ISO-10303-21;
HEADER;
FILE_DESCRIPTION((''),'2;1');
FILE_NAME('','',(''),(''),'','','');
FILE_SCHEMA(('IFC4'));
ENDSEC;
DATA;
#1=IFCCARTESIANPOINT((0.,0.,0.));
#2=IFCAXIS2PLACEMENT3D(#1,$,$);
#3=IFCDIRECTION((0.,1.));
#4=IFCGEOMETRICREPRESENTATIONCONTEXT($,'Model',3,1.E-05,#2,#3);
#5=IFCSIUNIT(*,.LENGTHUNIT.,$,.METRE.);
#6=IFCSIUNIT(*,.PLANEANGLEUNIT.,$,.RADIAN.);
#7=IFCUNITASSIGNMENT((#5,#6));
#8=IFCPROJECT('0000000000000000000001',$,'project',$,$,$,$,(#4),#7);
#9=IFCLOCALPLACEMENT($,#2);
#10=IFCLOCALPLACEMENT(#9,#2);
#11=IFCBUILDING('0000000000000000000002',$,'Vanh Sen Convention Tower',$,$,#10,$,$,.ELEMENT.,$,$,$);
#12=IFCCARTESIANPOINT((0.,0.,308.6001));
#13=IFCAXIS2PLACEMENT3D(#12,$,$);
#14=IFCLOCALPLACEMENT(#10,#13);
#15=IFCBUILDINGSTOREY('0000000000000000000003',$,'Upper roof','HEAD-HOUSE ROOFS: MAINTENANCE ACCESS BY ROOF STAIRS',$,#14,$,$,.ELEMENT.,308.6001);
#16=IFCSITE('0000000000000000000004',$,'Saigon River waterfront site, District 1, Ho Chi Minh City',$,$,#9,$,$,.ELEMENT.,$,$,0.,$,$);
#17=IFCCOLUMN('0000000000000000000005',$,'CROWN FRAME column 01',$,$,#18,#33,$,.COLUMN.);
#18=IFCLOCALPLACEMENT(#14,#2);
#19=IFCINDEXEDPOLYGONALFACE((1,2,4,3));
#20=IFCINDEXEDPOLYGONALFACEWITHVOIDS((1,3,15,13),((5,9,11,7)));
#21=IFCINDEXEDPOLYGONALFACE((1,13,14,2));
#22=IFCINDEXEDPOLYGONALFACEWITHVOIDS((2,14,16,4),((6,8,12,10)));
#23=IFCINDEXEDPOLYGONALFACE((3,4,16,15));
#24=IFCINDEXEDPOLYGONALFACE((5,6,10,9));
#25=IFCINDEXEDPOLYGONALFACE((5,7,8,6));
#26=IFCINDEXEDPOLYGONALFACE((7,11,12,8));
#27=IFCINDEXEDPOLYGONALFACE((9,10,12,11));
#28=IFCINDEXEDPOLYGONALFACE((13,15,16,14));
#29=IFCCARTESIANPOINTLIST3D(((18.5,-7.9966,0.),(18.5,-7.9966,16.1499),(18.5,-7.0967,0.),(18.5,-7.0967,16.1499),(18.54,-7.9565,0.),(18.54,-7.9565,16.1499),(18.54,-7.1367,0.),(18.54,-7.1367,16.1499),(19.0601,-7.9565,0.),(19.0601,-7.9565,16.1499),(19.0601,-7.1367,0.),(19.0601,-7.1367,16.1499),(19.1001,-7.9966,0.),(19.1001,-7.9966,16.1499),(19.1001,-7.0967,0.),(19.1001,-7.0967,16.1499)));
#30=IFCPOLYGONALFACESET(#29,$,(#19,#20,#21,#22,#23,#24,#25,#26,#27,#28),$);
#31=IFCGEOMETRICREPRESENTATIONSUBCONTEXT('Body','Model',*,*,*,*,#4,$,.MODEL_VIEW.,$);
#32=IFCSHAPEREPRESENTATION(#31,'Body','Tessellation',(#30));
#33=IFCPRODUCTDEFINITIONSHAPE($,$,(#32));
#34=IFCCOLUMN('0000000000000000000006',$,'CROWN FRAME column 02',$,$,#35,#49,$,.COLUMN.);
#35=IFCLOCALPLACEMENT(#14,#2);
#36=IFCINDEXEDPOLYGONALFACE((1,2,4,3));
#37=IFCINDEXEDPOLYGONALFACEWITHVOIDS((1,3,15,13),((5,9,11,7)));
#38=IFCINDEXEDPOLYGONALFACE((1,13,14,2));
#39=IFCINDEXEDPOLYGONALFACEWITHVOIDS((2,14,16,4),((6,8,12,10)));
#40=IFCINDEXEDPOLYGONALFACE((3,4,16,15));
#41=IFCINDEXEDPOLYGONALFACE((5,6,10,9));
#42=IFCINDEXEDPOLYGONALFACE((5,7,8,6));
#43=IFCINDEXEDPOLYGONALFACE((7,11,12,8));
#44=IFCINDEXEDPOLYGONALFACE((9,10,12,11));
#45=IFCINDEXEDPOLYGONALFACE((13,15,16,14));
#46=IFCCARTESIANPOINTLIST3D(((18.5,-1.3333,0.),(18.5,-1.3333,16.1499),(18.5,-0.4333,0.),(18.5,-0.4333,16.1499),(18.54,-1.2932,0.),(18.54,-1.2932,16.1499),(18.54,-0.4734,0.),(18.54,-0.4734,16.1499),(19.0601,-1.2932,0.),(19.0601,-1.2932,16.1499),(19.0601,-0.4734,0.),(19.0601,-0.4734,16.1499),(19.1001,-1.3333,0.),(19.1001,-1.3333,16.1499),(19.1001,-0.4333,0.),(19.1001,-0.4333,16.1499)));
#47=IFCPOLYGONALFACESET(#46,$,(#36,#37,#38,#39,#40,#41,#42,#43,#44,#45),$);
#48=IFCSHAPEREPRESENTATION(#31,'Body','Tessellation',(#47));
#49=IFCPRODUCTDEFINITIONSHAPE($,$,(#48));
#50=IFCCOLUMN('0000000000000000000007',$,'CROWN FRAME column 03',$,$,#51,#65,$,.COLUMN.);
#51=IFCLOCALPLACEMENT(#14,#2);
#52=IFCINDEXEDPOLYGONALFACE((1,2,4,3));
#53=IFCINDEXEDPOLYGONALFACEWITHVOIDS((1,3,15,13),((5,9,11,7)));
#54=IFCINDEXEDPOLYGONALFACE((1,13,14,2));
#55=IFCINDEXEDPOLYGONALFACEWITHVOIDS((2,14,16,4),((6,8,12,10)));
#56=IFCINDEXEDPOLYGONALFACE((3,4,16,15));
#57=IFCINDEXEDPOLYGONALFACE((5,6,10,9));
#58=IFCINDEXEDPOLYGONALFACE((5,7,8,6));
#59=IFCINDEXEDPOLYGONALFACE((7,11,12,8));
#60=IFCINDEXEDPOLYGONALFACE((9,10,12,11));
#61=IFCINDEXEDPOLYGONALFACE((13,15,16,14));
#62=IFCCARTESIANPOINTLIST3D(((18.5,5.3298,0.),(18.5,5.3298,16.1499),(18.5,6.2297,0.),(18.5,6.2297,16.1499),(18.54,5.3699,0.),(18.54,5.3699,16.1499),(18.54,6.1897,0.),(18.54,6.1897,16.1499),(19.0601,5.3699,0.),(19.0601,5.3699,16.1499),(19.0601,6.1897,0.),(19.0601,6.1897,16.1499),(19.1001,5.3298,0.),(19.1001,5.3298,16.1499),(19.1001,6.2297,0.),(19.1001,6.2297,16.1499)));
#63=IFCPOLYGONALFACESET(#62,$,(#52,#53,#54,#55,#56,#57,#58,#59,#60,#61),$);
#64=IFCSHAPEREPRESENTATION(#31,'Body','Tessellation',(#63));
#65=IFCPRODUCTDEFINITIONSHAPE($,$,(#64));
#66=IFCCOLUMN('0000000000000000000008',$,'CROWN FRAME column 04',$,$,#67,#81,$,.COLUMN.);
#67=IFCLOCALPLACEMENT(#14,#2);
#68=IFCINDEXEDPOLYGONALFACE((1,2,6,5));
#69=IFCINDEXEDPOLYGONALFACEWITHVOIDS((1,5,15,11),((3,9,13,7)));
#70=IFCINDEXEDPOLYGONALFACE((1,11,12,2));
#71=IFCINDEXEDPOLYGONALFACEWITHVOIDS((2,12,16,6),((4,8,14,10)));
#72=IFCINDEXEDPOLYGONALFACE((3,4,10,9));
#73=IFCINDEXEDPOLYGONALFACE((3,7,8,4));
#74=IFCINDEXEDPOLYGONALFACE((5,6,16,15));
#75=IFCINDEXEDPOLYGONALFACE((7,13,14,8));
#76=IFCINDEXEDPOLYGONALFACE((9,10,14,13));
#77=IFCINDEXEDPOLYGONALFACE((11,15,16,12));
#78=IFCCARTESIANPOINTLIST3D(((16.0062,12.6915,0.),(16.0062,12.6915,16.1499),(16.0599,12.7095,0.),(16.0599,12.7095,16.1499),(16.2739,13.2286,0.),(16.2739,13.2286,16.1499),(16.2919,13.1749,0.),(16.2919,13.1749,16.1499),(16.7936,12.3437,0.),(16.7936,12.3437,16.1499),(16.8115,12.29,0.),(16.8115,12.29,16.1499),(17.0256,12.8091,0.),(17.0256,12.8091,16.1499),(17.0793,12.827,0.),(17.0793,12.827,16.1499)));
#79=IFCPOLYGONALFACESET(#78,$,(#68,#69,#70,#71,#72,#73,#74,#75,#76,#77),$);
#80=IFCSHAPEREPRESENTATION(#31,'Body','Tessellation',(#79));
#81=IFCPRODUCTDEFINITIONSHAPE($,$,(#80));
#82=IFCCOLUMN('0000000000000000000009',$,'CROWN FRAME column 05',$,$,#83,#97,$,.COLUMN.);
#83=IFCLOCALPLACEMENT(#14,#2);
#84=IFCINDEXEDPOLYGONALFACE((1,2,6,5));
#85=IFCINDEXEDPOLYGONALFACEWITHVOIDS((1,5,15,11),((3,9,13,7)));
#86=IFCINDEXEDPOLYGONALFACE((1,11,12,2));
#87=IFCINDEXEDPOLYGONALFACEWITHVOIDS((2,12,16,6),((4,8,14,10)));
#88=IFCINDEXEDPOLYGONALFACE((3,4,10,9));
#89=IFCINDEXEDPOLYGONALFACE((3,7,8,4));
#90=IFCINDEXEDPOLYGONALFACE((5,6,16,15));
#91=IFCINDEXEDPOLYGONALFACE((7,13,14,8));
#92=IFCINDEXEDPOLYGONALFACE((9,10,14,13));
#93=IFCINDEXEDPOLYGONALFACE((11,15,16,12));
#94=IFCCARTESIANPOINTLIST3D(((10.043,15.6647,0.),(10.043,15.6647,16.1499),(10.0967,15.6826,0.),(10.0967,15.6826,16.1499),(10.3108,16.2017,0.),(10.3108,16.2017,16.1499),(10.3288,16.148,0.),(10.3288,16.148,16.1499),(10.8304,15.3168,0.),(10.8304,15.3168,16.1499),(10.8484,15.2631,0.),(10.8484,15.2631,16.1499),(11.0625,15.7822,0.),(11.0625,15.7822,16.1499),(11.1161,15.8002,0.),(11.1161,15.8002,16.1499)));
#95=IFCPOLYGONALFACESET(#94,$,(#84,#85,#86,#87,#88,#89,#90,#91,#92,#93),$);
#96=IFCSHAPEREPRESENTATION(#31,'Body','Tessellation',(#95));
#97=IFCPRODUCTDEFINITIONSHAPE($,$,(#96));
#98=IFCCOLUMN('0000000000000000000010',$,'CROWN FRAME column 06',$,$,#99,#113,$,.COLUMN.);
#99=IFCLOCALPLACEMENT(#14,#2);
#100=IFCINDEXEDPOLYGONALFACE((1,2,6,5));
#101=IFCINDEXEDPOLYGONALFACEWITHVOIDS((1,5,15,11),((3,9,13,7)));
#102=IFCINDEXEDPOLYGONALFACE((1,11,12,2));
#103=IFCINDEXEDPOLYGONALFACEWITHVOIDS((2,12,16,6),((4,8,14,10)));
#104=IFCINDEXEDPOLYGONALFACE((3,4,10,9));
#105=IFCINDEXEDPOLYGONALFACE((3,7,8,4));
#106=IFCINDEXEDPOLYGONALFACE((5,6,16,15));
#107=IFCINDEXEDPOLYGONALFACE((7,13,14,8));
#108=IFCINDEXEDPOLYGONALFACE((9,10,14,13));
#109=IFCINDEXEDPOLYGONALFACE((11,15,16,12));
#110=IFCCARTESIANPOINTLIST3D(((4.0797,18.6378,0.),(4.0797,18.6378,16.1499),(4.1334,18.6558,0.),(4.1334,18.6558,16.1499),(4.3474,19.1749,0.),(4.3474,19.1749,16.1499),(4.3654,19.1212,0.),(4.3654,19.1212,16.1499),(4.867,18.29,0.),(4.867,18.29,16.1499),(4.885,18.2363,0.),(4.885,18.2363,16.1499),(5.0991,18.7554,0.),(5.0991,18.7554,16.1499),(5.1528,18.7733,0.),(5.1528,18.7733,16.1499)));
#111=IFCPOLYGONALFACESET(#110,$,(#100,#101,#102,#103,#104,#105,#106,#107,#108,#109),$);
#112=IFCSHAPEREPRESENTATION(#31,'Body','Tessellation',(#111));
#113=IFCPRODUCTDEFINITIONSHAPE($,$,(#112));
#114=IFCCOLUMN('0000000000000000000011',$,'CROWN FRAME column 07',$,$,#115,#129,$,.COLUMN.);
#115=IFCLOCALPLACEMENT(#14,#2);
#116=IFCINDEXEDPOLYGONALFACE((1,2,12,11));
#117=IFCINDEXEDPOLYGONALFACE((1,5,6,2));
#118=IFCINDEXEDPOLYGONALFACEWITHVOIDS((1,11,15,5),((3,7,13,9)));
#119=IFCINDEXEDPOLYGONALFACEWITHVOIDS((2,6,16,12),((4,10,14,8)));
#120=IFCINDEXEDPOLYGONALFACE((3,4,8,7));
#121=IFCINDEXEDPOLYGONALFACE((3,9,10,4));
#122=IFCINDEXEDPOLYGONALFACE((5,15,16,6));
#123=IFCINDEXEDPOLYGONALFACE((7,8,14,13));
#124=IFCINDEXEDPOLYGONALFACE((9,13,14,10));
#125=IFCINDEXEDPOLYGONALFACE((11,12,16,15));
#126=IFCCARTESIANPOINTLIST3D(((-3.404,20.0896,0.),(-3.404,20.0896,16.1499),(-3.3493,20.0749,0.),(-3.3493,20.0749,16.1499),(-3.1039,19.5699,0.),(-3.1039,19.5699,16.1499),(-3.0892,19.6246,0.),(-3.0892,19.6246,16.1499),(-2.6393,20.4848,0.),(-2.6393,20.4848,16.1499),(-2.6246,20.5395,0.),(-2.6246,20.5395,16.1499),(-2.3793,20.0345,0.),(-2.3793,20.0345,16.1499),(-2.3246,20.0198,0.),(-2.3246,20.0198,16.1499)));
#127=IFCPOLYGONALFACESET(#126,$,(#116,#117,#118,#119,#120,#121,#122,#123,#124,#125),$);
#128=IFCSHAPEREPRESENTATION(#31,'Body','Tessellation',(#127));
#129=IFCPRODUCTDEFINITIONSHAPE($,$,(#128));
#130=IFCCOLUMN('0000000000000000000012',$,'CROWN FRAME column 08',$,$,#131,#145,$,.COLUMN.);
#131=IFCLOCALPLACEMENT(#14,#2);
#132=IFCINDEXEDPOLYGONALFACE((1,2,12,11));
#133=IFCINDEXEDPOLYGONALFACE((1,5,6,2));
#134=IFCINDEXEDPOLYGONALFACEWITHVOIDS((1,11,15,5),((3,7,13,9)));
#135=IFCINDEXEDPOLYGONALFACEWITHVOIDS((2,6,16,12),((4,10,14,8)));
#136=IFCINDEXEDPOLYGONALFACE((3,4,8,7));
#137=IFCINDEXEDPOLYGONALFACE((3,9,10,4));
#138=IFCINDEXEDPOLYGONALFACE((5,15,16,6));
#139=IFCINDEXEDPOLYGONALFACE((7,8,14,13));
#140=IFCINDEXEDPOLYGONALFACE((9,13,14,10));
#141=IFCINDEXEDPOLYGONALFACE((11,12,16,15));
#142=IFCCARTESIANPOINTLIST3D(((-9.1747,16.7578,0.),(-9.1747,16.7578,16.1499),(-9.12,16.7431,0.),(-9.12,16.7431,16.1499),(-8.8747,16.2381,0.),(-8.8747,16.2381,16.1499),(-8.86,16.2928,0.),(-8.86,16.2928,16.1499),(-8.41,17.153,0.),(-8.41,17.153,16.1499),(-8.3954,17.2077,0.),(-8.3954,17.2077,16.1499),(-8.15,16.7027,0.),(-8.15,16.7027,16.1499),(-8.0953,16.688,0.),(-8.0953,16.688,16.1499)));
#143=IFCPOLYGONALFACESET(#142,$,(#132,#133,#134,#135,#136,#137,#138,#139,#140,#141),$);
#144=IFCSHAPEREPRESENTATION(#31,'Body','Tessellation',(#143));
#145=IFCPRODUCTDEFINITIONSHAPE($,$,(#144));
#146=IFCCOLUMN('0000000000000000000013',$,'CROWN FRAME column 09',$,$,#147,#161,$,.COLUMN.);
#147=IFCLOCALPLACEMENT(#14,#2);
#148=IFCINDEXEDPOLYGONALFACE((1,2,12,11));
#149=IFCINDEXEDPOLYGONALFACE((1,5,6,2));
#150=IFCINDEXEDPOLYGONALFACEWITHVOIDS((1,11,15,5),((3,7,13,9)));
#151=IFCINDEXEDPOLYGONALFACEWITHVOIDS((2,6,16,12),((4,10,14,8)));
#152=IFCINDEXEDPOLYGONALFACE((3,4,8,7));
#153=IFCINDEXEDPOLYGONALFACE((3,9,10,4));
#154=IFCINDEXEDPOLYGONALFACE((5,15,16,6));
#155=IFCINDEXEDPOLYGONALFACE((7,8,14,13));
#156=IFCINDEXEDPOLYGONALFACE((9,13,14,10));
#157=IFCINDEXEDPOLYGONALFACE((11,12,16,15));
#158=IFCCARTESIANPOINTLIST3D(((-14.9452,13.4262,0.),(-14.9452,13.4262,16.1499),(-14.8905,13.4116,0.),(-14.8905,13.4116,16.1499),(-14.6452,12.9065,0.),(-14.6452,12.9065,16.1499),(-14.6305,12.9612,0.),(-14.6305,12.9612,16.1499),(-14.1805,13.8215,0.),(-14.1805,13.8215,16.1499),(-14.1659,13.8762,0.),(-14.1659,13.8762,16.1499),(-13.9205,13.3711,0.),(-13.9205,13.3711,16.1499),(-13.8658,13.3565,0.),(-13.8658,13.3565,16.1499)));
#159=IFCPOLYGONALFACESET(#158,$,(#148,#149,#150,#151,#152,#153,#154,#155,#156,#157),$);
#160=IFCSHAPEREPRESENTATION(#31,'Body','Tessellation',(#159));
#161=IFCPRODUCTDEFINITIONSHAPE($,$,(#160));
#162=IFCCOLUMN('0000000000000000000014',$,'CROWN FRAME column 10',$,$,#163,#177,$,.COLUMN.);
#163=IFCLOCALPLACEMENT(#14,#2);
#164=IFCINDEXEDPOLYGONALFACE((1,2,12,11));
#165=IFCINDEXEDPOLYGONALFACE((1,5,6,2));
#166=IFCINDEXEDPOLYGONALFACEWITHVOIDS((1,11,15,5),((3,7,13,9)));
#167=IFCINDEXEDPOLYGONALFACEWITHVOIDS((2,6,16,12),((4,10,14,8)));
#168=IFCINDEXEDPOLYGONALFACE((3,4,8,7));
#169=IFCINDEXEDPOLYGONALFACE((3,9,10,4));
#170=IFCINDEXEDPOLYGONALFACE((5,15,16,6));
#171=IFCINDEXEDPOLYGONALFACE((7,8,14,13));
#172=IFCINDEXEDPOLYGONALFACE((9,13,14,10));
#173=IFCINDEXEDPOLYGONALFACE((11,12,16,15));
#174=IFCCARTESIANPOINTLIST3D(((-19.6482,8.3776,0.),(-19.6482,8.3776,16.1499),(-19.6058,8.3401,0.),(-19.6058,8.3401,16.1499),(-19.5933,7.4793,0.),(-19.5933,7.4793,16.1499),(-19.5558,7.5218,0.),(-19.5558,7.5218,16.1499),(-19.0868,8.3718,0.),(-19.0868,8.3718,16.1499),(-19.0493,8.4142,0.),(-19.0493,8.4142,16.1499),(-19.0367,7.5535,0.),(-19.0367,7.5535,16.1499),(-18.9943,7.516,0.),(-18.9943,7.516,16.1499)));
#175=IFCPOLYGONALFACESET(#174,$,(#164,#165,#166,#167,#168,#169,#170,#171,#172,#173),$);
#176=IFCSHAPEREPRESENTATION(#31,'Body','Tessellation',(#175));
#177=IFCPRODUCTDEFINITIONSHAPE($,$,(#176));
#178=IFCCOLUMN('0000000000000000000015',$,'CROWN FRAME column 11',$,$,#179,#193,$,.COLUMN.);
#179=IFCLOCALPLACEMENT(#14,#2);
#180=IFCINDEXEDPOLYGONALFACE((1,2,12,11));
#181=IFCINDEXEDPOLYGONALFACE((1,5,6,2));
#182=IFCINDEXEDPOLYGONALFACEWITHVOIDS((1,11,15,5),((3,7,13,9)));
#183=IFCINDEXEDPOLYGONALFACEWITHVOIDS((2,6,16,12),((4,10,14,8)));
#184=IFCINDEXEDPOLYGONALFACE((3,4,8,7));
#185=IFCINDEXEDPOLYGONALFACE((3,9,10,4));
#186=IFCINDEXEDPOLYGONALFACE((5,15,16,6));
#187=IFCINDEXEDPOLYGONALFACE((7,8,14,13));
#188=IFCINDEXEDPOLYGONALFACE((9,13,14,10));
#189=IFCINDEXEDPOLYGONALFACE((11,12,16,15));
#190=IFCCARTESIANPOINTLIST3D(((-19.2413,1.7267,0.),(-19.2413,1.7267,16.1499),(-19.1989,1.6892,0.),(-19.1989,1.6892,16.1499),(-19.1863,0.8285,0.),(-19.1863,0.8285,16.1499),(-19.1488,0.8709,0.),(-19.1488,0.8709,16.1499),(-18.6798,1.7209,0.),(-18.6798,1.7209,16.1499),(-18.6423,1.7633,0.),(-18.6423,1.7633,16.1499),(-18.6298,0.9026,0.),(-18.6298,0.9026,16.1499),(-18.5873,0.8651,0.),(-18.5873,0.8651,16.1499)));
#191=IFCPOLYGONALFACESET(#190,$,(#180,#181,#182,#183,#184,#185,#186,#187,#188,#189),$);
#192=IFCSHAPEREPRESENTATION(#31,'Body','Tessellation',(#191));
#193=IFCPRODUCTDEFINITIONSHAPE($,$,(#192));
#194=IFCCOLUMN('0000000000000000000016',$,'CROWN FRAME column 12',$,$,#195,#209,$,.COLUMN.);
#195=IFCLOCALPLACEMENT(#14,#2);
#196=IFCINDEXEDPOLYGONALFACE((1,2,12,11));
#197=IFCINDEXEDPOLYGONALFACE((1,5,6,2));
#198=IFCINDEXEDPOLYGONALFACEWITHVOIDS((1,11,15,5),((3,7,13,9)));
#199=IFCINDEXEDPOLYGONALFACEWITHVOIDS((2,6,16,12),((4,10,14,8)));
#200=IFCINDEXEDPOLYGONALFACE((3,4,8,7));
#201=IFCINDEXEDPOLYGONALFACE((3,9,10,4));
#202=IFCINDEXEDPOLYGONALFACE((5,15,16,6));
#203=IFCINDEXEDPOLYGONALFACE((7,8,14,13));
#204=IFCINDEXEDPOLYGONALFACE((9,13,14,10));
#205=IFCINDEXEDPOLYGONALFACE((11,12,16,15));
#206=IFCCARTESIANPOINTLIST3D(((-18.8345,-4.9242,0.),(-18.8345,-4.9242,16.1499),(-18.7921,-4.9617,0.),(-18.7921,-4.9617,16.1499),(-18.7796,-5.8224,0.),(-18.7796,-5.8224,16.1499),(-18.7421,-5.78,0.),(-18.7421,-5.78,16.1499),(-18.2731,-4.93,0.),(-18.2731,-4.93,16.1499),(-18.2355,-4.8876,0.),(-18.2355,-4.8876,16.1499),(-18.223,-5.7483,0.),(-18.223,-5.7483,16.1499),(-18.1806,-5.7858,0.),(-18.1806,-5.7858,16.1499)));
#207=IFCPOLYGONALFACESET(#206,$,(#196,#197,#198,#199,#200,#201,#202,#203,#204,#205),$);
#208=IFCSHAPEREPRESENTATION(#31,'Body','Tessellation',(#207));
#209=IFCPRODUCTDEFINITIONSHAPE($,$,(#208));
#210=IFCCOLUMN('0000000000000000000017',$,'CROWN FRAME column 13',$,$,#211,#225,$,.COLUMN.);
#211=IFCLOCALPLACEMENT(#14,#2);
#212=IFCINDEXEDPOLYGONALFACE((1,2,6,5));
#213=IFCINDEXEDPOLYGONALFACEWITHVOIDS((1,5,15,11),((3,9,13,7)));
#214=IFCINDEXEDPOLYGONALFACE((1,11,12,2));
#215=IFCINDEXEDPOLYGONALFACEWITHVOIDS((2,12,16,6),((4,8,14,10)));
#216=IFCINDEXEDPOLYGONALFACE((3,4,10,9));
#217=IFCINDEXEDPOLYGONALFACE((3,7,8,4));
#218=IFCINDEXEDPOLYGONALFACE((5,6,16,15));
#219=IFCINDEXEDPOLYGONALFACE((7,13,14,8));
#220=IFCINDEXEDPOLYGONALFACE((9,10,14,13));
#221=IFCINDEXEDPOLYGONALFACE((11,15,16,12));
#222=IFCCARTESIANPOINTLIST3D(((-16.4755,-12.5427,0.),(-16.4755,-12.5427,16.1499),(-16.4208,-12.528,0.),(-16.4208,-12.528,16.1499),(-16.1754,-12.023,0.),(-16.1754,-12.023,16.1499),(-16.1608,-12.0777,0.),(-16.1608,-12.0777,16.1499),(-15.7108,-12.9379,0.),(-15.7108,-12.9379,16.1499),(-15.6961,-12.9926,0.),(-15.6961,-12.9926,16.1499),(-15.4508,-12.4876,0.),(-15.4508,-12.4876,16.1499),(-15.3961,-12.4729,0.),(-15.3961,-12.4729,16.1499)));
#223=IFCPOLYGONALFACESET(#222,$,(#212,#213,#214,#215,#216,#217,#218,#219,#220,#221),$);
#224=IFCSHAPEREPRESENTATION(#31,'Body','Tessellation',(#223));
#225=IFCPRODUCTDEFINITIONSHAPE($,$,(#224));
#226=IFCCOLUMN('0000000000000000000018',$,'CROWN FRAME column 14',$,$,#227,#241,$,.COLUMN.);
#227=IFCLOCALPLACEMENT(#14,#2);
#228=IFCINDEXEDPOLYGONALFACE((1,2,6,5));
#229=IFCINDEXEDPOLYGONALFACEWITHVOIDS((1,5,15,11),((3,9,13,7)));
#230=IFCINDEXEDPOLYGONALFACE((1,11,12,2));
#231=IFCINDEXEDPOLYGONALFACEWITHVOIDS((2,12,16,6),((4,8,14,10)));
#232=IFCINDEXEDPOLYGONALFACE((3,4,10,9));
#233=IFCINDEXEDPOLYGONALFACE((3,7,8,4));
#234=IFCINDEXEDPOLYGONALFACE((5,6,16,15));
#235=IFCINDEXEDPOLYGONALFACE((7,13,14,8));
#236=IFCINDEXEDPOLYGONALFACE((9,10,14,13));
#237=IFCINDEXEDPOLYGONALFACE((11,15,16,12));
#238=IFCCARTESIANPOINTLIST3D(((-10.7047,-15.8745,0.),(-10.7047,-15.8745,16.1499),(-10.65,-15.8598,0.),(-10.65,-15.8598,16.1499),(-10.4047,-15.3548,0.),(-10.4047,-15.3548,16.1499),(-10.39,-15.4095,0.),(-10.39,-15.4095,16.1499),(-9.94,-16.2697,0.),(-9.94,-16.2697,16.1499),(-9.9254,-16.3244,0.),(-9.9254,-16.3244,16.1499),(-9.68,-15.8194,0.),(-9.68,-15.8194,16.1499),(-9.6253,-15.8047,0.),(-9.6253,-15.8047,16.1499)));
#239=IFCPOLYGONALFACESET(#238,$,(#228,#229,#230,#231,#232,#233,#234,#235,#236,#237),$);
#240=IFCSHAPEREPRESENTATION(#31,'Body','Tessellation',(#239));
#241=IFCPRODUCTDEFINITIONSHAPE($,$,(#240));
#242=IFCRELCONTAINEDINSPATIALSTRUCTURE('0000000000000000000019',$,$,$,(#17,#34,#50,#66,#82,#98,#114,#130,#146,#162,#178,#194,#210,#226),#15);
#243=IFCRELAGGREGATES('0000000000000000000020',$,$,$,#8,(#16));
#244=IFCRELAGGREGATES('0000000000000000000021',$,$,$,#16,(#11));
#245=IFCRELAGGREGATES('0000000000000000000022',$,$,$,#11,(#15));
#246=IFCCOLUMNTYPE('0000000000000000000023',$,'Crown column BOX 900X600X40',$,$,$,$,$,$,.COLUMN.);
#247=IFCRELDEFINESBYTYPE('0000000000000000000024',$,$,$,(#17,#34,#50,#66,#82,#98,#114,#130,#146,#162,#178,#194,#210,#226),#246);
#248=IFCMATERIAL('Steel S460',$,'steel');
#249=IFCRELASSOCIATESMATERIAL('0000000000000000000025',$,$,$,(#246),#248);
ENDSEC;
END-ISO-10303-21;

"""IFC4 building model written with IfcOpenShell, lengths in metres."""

from ifc_helpers import new_model, si_unit, direction, frame, origin, origin_2d, place, context, subcontext, project, spatial, hollow_rectangle, extrude, material, material_profile, profile_set, type_object, element, save


model = new_model("IFC4")

# Units and contexts
model_context = context("Model", 3, precision=1e-05, world=origin(), true_north=direction((0.0, 1.0)))
body_context = subcontext(model_context, "Body", "Model", "MODEL_VIEW")
ifc_project = project(units=[si_unit("LENGTHUNIT", "METRE"), si_unit("PLANEANGLEUNIT", "RADIAN")], contexts=[model_context])

# Site, building, storey
site_placement = place(None, origin())
site = spatial("IfcSite", under=ifc_project, at=site_placement, Name="Saigon River waterfront site, District 1, Ho Chi Minh City", CompositionType="ELEMENT", RefElevation=0.0)
building_placement = place(site_placement, origin())
building = spatial("IfcBuilding", under=site, at=building_placement, Name="Vanh Sen Convention Tower", CompositionType="ELEMENT")
storey_placement = place(building_placement, frame((0.0, 0.0, 308.6001)))
storey = spatial("IfcBuildingStorey", under=building, at=storey_placement, Name="Upper roof", Description="HEAD-HOUSE ROOFS: MAINTENANCE ACCESS BY ROOF STAIRS", CompositionType="ELEMENT", Elevation=308.6001)

# Columns
ifc_material_1 = material(Name="Steel S460", Category="steel")
ifc_material_profile = material_profile(ifc_material_1, hollow_rectangle(XDim=0.6001, YDim=0.8999, WallThickness=0.04, at=origin_2d()), Name="BOX 900X600X40")
ifc_profile_set = profile_set([ifc_material_profile], Name="Steel S460")
column_type = type_object("IfcColumnType", Name="Crown column BOX 900X600X40", PredefinedType="COLUMN", material=ifc_profile_set)
for number, where, z_axis, x_axis, name in (
    (1, (18.8, -7.5466, 0.0), (0.0, 0.0, 1.0), (-1.0, 0.0, 0.0), "CROWN FRAME column 01"),
    (2, (18.8, -0.8833, 0.0), (0.0, 0.0, 1.0), (-1.0, 0.0, 0.0), "CROWN FRAME column 02"),
    (3, (18.8, 5.7798, 0.0), (0.0, 0.0, 1.0), (-1.0, 0.0, 0.0), "CROWN FRAME column 03"),
    (4, (16.5427, 12.7593, 0.0), (0.0, 0.0, 1.0), (-0.446198, -0.894934, 0.0), "CROWN FRAME column 04"),
    (5, (10.5796, 15.7324, 0.0), (0.0, 0.0, 1.0), (-0.446198, -0.894934, 0.0), "CROWN FRAME column 05"),
    (6, (4.6162, 18.7056, 0.0), (0.0, 0.0, 1.0), (-0.446198, -0.894934, 0.0), "CROWN FRAME column 06"),
    (7, (-2.8643, 20.0547, 0.0), (0.0, 0.0, 1.0), (0.5, -0.866025, 0.0), "CROWN FRAME column 07"),
    (8, (-8.635, 16.7229, 0.0), (0.0, 0.0, 1.0), (0.5, -0.866025, 0.0), "CROWN FRAME column 08"),
    (9, (-14.4055, 13.3914, 0.0), (0.0, 0.0, 1.0), (0.5, -0.866025, 0.0), "CROWN FRAME column 09"),
    (10, (-19.3213, 7.9468, 0.0), (0.0, 0.0, 1.0), (0.998135, 0.061049, 0.0), "CROWN FRAME column 10"),
    (11, (-18.9143, 1.2959, 0.0), (0.0, 0.0, 1.0), (0.998135, 0.061049, 0.0), "CROWN FRAME column 11"),
    (12, (-18.5076, -5.355, 0.0), (0.0, 0.0, 1.0), (0.998135, 0.061049, 0.0), "CROWN FRAME column 12"),
    (13, (-15.9358, -12.5078, 0.0), (0.0, 0.0, 1.0), (0.5, 0.866025, 0.0), "CROWN FRAME column 13"),
    (14, (-10.165, -15.8396, 0.0), (0.0, 0.0, 1.0), (0.5, 0.866025, 0.0), "CROWN FRAME column 14"),
):
    element("IfcColumn", number, at=place(storey_placement, frame(where, z_axis=z_axis, x_axis=x_axis)), inside=storey, type_object=column_type, Name=name, PredefinedType="COLUMN", context=body_context, shape_type="SweptSolid", body=[
        extrude(hollow_rectangle(XDim=0.6001, YDim=0.8999, WallThickness=0.04, at=origin_2d()), origin(), (0.0, 0.0, 1.0), 16.1499),
    ])

save(model, "model.ifc")
